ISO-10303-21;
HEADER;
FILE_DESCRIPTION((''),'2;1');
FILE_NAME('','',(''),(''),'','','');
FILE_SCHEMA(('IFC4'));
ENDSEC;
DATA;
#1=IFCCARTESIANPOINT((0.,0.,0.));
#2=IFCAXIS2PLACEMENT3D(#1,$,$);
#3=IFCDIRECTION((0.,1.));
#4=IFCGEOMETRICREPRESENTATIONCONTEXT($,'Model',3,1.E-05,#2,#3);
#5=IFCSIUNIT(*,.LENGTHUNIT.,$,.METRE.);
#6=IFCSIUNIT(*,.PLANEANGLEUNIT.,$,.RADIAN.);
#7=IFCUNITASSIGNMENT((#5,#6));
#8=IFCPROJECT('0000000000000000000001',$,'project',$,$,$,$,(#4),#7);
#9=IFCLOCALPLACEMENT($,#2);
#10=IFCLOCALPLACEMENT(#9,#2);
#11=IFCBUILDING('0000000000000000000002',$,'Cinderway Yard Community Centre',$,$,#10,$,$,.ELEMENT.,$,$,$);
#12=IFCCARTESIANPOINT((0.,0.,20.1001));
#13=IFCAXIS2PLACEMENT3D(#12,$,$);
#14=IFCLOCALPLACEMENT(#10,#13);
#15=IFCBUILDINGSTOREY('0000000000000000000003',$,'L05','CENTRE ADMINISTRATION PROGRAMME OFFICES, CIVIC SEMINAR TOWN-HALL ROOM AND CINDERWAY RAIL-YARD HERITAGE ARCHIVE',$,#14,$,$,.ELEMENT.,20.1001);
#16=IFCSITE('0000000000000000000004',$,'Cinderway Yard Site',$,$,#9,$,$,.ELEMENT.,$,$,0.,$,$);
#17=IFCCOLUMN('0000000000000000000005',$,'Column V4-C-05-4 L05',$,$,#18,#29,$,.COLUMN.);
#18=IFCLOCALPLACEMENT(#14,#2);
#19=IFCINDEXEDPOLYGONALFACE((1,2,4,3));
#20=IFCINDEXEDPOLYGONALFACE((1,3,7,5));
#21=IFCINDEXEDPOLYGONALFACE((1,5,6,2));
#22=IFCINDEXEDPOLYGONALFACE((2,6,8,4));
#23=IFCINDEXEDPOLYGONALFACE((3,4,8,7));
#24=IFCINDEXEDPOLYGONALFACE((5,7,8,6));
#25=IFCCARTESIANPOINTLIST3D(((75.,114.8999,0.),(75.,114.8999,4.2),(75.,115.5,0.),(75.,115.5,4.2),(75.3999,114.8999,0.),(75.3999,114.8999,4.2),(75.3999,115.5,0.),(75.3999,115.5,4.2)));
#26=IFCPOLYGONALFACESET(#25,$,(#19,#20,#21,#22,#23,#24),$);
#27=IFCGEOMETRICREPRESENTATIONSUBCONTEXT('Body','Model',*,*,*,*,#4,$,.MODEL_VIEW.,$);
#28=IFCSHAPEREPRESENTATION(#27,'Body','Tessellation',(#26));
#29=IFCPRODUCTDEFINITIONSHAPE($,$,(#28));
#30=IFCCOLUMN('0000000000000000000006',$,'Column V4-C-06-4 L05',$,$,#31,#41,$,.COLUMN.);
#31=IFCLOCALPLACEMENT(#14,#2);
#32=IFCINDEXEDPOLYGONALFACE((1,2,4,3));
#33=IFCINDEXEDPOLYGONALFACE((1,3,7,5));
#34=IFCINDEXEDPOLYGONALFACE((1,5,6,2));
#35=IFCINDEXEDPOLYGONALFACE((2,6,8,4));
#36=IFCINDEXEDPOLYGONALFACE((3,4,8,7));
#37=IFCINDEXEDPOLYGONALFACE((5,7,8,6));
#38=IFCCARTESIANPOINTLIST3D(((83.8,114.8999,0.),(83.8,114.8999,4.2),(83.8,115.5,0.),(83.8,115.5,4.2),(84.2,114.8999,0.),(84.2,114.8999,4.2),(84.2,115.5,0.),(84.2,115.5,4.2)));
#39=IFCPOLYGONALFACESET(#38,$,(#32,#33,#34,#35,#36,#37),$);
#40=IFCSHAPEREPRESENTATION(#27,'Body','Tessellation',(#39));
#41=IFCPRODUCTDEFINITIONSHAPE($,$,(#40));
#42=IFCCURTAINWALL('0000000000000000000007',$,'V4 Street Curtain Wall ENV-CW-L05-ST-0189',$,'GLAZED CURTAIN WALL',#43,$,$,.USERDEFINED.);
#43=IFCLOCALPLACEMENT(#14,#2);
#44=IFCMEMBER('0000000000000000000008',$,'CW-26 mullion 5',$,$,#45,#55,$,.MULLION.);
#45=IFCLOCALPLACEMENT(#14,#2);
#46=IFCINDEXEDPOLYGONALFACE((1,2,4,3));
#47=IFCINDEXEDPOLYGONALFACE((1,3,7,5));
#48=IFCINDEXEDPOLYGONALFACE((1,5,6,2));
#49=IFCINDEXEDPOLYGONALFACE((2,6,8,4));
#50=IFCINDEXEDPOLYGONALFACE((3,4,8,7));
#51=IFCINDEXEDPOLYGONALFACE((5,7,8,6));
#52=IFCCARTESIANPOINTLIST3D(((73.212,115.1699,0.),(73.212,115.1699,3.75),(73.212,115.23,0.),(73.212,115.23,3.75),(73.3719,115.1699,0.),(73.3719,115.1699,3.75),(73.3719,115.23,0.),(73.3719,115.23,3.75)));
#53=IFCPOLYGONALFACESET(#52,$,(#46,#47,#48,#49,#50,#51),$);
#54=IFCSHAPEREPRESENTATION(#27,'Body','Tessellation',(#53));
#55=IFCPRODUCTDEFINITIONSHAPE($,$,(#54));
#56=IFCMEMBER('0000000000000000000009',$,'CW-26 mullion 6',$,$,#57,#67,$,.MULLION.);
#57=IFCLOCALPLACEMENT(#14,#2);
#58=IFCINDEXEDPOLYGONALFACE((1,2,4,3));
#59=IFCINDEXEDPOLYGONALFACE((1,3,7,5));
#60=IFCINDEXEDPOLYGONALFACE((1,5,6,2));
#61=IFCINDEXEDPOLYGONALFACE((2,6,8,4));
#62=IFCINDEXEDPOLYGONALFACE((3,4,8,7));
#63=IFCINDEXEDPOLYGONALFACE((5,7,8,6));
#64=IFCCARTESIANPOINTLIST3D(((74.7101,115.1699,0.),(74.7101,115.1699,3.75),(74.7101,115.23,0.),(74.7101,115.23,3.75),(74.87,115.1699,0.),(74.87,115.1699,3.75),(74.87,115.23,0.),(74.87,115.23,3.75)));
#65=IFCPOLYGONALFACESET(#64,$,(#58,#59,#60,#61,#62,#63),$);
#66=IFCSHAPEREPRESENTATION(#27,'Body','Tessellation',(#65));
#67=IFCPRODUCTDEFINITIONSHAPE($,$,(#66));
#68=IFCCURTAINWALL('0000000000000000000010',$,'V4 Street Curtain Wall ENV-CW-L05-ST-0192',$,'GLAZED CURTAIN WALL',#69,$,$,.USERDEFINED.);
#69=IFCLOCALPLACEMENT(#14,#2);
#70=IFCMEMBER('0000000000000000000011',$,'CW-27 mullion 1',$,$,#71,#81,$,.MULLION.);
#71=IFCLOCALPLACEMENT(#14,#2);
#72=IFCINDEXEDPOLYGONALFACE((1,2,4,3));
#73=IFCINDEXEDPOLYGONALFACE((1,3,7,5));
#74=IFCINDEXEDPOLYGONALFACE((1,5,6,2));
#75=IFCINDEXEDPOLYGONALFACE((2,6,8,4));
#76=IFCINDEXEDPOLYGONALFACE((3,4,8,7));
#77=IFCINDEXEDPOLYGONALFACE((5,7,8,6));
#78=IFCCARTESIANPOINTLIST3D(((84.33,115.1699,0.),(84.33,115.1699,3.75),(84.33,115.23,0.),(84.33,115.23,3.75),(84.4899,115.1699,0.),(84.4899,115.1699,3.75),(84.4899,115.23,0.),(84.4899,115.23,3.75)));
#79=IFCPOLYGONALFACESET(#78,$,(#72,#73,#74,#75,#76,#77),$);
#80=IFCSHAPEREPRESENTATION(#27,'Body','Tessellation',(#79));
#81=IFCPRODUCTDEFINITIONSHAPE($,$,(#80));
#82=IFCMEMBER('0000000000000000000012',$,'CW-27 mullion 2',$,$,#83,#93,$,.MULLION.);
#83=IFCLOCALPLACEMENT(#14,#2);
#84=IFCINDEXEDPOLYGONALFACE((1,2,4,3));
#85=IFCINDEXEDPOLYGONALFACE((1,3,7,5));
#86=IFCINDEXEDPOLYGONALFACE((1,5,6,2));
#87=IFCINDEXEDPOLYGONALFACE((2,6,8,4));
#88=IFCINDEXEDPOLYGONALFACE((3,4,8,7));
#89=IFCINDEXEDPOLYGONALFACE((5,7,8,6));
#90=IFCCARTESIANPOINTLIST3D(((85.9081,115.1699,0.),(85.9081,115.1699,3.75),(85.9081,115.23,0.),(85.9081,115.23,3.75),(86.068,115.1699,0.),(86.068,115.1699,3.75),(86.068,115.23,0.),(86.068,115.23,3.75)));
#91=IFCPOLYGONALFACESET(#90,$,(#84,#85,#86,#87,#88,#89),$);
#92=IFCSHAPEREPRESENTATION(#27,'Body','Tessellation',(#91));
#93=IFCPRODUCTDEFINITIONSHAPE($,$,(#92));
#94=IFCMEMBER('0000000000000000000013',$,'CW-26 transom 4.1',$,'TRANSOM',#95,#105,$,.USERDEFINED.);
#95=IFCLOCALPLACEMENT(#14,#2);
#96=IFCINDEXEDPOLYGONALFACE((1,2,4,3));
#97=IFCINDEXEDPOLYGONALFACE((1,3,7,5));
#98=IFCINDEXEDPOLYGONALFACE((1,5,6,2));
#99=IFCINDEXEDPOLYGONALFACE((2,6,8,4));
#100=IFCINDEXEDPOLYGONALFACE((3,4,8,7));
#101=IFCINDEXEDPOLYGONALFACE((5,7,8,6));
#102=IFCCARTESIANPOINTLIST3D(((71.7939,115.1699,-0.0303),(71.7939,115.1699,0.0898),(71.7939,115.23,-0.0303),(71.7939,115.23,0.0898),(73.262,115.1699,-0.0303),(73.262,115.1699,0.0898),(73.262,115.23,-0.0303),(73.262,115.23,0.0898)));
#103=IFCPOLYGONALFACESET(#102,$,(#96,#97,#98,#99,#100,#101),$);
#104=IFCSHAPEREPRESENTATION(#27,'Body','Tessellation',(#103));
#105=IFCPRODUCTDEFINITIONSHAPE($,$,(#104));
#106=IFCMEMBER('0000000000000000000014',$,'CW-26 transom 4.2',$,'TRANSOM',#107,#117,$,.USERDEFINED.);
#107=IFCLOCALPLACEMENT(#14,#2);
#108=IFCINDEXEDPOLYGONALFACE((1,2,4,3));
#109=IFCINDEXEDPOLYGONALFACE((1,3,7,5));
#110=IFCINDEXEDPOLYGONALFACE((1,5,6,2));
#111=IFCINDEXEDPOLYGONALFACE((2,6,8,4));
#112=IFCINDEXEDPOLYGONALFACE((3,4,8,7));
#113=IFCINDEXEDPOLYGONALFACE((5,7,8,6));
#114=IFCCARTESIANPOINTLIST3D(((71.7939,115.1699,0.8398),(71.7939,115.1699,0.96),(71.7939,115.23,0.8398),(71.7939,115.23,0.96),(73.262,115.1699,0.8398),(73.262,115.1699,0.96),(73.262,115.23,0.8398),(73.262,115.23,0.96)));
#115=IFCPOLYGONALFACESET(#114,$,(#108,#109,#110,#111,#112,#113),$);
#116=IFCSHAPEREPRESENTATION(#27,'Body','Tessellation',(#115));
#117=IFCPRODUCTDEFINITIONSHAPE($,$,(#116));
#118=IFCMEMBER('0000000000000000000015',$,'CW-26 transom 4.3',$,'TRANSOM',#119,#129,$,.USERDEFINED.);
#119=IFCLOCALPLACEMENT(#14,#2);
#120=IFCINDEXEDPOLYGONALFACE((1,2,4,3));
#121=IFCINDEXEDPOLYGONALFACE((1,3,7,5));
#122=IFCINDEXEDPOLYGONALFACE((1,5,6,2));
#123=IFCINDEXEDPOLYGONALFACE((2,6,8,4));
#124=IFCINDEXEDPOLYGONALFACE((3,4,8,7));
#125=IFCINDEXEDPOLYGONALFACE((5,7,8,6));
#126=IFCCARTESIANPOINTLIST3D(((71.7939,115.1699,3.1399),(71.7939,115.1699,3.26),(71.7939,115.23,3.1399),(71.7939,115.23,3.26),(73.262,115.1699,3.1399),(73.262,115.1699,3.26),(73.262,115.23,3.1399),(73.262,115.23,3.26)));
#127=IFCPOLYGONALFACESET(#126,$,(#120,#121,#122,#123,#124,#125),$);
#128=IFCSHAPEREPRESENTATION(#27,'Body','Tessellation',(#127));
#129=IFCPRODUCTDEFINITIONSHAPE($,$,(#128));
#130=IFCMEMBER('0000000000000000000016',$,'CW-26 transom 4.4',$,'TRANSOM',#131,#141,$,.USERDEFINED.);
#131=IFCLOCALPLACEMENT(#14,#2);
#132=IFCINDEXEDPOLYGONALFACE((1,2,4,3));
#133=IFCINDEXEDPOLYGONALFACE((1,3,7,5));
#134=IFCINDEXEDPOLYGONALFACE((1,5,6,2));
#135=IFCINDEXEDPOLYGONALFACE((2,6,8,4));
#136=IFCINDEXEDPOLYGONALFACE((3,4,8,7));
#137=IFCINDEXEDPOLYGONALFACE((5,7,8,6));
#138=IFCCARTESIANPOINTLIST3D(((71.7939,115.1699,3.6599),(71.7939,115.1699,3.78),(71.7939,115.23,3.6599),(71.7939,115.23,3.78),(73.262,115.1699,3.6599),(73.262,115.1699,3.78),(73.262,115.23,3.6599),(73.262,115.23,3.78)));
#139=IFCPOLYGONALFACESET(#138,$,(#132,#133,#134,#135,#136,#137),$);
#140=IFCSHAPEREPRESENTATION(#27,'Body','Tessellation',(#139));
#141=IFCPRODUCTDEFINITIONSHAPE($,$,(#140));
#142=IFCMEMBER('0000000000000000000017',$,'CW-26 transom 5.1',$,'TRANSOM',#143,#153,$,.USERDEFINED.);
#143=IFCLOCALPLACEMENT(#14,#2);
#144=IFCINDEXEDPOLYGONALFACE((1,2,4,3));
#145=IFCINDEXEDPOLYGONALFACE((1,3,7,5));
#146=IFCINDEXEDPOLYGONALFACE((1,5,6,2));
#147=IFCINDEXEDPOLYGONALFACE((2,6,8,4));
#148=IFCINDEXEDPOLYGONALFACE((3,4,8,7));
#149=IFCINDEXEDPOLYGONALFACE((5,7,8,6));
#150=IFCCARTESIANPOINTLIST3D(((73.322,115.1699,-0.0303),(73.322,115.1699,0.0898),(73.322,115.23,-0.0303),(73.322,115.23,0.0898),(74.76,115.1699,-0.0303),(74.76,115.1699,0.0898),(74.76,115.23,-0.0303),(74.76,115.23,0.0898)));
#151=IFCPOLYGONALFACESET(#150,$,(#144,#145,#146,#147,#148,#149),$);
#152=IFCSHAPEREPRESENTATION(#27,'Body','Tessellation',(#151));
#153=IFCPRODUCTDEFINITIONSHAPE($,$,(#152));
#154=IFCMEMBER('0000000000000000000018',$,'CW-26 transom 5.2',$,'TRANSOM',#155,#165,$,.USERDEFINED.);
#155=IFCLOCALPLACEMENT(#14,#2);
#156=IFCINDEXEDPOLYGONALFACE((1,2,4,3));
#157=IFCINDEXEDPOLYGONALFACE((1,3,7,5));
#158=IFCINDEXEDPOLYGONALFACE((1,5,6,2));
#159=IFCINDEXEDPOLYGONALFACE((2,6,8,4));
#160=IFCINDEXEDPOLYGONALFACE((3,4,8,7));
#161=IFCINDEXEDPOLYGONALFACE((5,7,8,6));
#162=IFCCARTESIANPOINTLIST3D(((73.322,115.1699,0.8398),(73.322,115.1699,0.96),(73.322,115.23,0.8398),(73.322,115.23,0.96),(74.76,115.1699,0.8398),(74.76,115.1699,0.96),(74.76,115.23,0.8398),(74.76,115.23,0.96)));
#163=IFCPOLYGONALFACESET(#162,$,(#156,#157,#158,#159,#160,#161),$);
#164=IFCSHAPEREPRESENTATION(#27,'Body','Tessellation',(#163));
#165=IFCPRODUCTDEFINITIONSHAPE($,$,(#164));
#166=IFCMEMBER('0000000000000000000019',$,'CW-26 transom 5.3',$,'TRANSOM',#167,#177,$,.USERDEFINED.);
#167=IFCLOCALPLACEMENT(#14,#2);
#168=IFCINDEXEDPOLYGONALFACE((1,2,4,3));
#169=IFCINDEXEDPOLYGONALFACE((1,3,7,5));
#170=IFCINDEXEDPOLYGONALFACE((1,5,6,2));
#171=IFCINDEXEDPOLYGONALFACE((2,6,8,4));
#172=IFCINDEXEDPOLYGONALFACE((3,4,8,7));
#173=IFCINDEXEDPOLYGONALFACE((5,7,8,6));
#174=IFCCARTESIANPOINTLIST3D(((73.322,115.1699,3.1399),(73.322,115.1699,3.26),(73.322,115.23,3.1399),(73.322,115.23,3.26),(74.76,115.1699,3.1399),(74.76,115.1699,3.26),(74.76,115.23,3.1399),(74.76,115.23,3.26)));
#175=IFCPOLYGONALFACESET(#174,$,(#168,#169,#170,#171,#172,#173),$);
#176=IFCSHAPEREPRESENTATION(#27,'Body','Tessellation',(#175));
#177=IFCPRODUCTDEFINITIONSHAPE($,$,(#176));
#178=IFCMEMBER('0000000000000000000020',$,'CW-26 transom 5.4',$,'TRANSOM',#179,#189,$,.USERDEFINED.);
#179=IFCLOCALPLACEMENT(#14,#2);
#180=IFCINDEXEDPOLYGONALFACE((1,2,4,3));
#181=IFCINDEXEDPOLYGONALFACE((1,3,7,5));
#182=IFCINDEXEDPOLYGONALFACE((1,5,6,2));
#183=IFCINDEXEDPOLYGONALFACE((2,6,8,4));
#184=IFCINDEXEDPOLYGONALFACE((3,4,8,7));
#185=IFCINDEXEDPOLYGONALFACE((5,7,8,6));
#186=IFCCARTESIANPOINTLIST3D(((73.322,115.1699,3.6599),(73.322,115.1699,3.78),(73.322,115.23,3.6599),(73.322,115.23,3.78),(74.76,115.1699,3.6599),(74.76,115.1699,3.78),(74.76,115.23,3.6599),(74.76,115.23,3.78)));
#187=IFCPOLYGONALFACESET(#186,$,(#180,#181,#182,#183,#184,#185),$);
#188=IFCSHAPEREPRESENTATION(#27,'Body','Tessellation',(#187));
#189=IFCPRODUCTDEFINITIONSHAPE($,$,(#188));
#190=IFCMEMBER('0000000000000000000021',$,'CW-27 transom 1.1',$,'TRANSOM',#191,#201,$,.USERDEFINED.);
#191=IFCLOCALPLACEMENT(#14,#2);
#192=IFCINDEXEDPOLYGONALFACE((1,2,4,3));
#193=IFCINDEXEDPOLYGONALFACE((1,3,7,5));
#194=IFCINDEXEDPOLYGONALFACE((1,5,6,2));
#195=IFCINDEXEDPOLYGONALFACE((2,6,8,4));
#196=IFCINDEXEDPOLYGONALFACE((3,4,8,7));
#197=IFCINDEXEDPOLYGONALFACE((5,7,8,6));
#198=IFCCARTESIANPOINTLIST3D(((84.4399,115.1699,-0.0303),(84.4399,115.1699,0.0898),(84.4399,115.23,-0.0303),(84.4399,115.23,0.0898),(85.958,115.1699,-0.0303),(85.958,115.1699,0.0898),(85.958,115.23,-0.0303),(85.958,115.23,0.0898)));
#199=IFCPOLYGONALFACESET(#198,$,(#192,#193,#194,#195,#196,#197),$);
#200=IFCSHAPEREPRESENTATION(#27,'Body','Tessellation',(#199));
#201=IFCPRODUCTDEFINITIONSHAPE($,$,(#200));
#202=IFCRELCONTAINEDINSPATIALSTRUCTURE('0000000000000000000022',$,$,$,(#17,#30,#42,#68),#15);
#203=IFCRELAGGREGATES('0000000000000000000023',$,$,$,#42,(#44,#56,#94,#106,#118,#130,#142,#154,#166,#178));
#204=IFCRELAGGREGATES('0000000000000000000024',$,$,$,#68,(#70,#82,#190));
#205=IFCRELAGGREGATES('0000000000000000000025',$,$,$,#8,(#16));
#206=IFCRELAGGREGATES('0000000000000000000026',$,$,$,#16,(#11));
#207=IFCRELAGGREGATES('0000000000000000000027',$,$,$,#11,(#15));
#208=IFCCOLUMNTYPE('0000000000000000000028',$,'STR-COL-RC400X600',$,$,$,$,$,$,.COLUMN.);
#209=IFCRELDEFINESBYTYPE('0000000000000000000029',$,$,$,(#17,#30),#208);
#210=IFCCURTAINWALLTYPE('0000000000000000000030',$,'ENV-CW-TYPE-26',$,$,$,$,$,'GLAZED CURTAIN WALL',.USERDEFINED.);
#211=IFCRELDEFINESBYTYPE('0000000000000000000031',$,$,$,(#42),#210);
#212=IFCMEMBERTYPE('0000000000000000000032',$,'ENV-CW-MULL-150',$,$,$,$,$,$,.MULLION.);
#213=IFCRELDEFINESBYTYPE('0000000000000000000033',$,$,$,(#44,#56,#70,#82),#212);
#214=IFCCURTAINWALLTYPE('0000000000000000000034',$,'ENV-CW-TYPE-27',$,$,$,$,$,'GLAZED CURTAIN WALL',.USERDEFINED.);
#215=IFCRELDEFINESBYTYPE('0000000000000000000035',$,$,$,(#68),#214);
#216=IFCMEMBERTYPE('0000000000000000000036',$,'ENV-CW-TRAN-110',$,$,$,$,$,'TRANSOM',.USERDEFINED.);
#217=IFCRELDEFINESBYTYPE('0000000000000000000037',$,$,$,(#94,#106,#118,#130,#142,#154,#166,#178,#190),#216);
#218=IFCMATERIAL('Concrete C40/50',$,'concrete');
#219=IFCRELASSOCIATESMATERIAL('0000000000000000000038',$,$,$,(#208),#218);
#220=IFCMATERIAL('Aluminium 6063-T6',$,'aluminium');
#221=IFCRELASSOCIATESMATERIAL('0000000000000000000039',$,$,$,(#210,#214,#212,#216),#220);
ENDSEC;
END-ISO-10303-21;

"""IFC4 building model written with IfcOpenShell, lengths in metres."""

from ifc_helpers import new_model, si_unit, direction, frame, origin, origin_2d, place, context, subcontext, project, spatial, rectangle, extrude, material, material_profile, profile_set, type_object, element, aggregate, save


model = new_model("IFC4")

# Units and contexts
model_context = context("Model", 3, precision=1e-05, world=origin(), true_north=direction((0.0, 1.0)))
body_context = subcontext(model_context, "Body", "Model", "MODEL_VIEW")
ifc_project = project(units=[si_unit("LENGTHUNIT", "METRE"), si_unit("PLANEANGLEUNIT", "RADIAN")], contexts=[model_context])

# Site, building, storey
site_placement = place(None, origin())
site = spatial("IfcSite", under=ifc_project, at=site_placement, Name="Cinderway Yard Site", CompositionType="ELEMENT", RefElevation=0.0)
building_placement = place(site_placement, origin())
building = spatial("IfcBuilding", under=site, at=building_placement, Name="Cinderway Yard Community Centre", CompositionType="ELEMENT")
storey_placement = place(building_placement, frame((0.0, 0.0, 20.1001)))
storey = spatial("IfcBuildingStorey", under=building, at=storey_placement, Name="L05", Description="CENTRE ADMINISTRATION PROGRAMME OFFICES, CIVIC SEMINAR TOWN-HALL ROOM AND CINDERWAY RAIL-YARD HERITAGE ARCHIVE", CompositionType="ELEMENT", Elevation=20.1001)

# Columns
ifc_material_1 = material(Name="Concrete C40/50", Category="concrete")
ifc_material_profile_1 = material_profile(ifc_material_1, rectangle(XDim=0.3999, YDim=0.6001, at=origin_2d()), Name="Concrete C40/50")
ifc_profile_set_1 = profile_set([ifc_material_profile_1], Name="Concrete C40/50")
column_type = type_object("IfcColumnType", Name="STR-COL-RC400X600", PredefinedType="COLUMN", material=ifc_profile_set_1)
for number, where, z_axis, x_axis, name in (
    (1, (75.2, 115.2, 0.0), (0.0, 0.0, 1.0), (1.0, 0.0, 0.0), "Column V4-C-05-4 L05"),
    (2, (84.0, 115.2, 0.0), (0.0, 0.0, 1.0), (1.0, 0.0, 0.0), "Column V4-C-06-4 L05"),
):
    element("IfcColumn", number, at=place(storey_placement, frame(where, z_axis=z_axis, x_axis=x_axis)), inside=storey, type_object=column_type, Name=name, PredefinedType="COLUMN", context=body_context, shape_type="SweptSolid", body=[
        extrude(rectangle(XDim=0.3999, YDim=0.6001, at=origin_2d()), origin(), (0.0, 0.0, 1.0), 4.2),
    ])

# Curtain walls, members
ifc_material_2 = material(Name="Aluminium 6063-T6", Category="aluminium")
curtain_wall_type_1 = type_object("IfcCurtainWallType", Name="ENV-CW-TYPE-26", ElementType="GLAZED CURTAIN WALL", PredefinedType="USERDEFINED", material=ifc_material_2)
curtain_wall_1_placement = place(storey_placement, origin())
curtain_wall_1 = element("IfcCurtainWall", 3, at=curtain_wall_1_placement, inside=storey, type_object=curtain_wall_type_1, Name="V4 Street Curtain Wall ENV-CW-L05-ST-0189", ObjectType="GLAZED CURTAIN WALL", PredefinedType="USERDEFINED")
ifc_material_profile_2 = material_profile(ifc_material_2, rectangle(XDim=0.0601, YDim=0.1599, at=origin_2d()), Name="Aluminium 6063-T6")
ifc_profile_set_2 = profile_set([ifc_material_profile_2], Name="Aluminium 6063-T6")
member_type_1 = type_object("IfcMemberType", Name="ENV-CW-MULL-150", PredefinedType="MULLION", material=ifc_profile_set_2)
member_1_placement = place(storey_placement, frame((73.292, 115.2, 0.0), z_axis=(0.0, 0.0, 1.0), x_axis=(0.0, 1.0, 0.0)))
member_1 = element("IfcMember", 4, at=member_1_placement, type_object=member_type_1, Name="CW-26 mullion 5", PredefinedType="MULLION", context=body_context, shape_type="SweptSolid", body=[
    extrude(rectangle(XDim=0.0601, YDim=0.1599, at=origin_2d()), origin(), (0.0, 0.0, 1.0), 3.75),
])
member_2_placement = place(storey_placement, frame((74.79, 115.2, 0.0), z_axis=(0.0, 0.0, 1.0), x_axis=(0.0, 1.0, 0.0)))
member_2 = element("IfcMember", 5, at=member_2_placement, type_object=member_type_1, Name="CW-26 mullion 6", PredefinedType="MULLION", context=body_context, shape_type="SweptSolid", body=[
    extrude(rectangle(XDim=0.0601, YDim=0.1599, at=origin_2d()), origin(), (0.0, 0.0, 1.0), 3.75),
])
curtain_wall_type_2 = type_object("IfcCurtainWallType", Name="ENV-CW-TYPE-27", ElementType="GLAZED CURTAIN WALL", PredefinedType="USERDEFINED", material=ifc_material_2)
curtain_wall_2_placement = place(storey_placement, origin())
curtain_wall_2 = element("IfcCurtainWall", 6, at=curtain_wall_2_placement, inside=storey, type_object=curtain_wall_type_2, Name="V4 Street Curtain Wall ENV-CW-L05-ST-0192", ObjectType="GLAZED CURTAIN WALL", PredefinedType="USERDEFINED")
member_3_placement = place(storey_placement, frame((84.4099, 115.2, 0.0), z_axis=(0.0, 0.0, 1.0), x_axis=(0.0, 1.0, 0.0)))
member_3 = element("IfcMember", 7, at=member_3_placement, type_object=member_type_1, Name="CW-27 mullion 1", PredefinedType="MULLION", context=body_context, shape_type="SweptSolid", body=[
    extrude(rectangle(XDim=0.0601, YDim=0.1599, at=origin_2d()), origin(), (0.0, 0.0, 1.0), 3.75),
])
member_4_placement = place(storey_placement, frame((85.988, 115.2, 0.0), z_axis=(0.0, 0.0, 1.0), x_axis=(0.0, 1.0, 0.0)))
member_4 = element("IfcMember", 8, at=member_4_placement, type_object=member_type_1, Name="CW-27 mullion 2", PredefinedType="MULLION", context=body_context, shape_type="SweptSolid", body=[
    extrude(rectangle(XDim=0.0601, YDim=0.1599, at=origin_2d()), origin(), (0.0, 0.0, 1.0), 3.75),
])

# Members
ifc_material_profile_3 = material_profile(ifc_material_2, rectangle(XDim=0.0601, YDim=0.1201, at=origin_2d()), Name="Aluminium 6063-T6")
ifc_profile_set_3 = profile_set([ifc_material_profile_3], Name="Aluminium 6063-T6")
member_type_2 = type_object("IfcMemberType", Name="ENV-CW-TRAN-110", ElementType="TRANSOM", PredefinedType="USERDEFINED", material=ifc_profile_set_3)
member_5_placement = place(storey_placement, frame((71.7939, 115.2, 0.0298), z_axis=(1.0, 0.0, 0.0), x_axis=(0.0, 1.0, 0.0)))
member_5 = element("IfcMember", 9, at=member_5_placement, type_object=member_type_2, Name="CW-26 transom 4.1", ObjectType="TRANSOM", PredefinedType="USERDEFINED", context=body_context, shape_type="SweptSolid", body=[
    extrude(rectangle(XDim=0.0601, YDim=0.1201, at=origin_2d()), origin(), (0.0, 0.0, 1.0), 1.468),
])
member_6_placement = place(storey_placement, frame((71.7939, 115.2, 0.8999), z_axis=(1.0, 0.0, 0.0), x_axis=(0.0, 1.0, 0.0)))
member_6 = element("IfcMember", 10, at=member_6_placement, type_object=member_type_2, Name="CW-26 transom 4.2", ObjectType="TRANSOM", PredefinedType="USERDEFINED", context=body_context, shape_type="SweptSolid", body=[
    extrude(rectangle(XDim=0.0601, YDim=0.1201, at=origin_2d()), origin(), (0.0, 0.0, 1.0), 1.468),
])
member_7_placement = place(storey_placement, frame((71.7939, 115.2, 3.2), z_axis=(1.0, 0.0, 0.0), x_axis=(0.0, 1.0, 0.0)))
member_7 = element("IfcMember", 11, at=member_7_placement, type_object=member_type_2, Name="CW-26 transom 4.3", ObjectType="TRANSOM", PredefinedType="USERDEFINED", context=body_context, shape_type="SweptSolid", body=[
    extrude(rectangle(XDim=0.0601, YDim=0.1201, at=origin_2d()), origin(), (0.0, 0.0, 1.0), 1.468),
])
member_8_placement = place(storey_placement, frame((71.7939, 115.2, 3.72), z_axis=(1.0, 0.0, 0.0), x_axis=(0.0, 1.0, 0.0)))
member_8 = element("IfcMember", 12, at=member_8_placement, type_object=member_type_2, Name="CW-26 transom 4.4", ObjectType="TRANSOM", PredefinedType="USERDEFINED", context=body_context, shape_type="SweptSolid", body=[
    extrude(rectangle(XDim=0.0601, YDim=0.1201, at=origin_2d()), origin(), (0.0, 0.0, 1.0), 1.468),
])
member_9_placement = place(storey_placement, frame((73.322, 115.2, 0.0298), z_axis=(1.0, 0.0, 0.0), x_axis=(0.0, 1.0, 0.0)))
member_9 = element("IfcMember", 13, at=member_9_placement, type_object=member_type_2, Name="CW-26 transom 5.1", ObjectType="TRANSOM", PredefinedType="USERDEFINED", context=body_context, shape_type="SweptSolid", body=[
    extrude(rectangle(XDim=0.0601, YDim=0.1201, at=origin_2d()), origin(), (0.0, 0.0, 1.0), 1.438),
])
member_10_placement = place(storey_placement, frame((73.322, 115.2, 0.8999), z_axis=(1.0, 0.0, 0.0), x_axis=(0.0, 1.0, 0.0)))
member_10 = element("IfcMember", 14, at=member_10_placement, type_object=member_type_2, Name="CW-26 transom 5.2", ObjectType="TRANSOM", PredefinedType="USERDEFINED", context=body_context, shape_type="SweptSolid", body=[
    extrude(rectangle(XDim=0.0601, YDim=0.1201, at=origin_2d()), origin(), (0.0, 0.0, 1.0), 1.438),
])
member_11_placement = place(storey_placement, frame((73.322, 115.2, 3.2), z_axis=(1.0, 0.0, 0.0), x_axis=(0.0, 1.0, 0.0)))
member_11 = element("IfcMember", 15, at=member_11_placement, type_object=member_type_2, Name="CW-26 transom 5.3", ObjectType="TRANSOM", PredefinedType="USERDEFINED", context=body_context, shape_type="SweptSolid", body=[
    extrude(rectangle(XDim=0.0601, YDim=0.1201, at=origin_2d()), origin(), (0.0, 0.0, 1.0), 1.438),
])
member_12_placement = place(storey_placement, frame((73.322, 115.2, 3.72), z_axis=(1.0, 0.0, 0.0), x_axis=(0.0, 1.0, 0.0)))
member_12 = element("IfcMember", 16, at=member_12_placement, type_object=member_type_2, Name="CW-26 transom 5.4", ObjectType="TRANSOM", PredefinedType="USERDEFINED", context=body_context, shape_type="SweptSolid", body=[
    extrude(rectangle(XDim=0.0601, YDim=0.1201, at=origin_2d()), origin(), (0.0, 0.0, 1.0), 1.438),
])
member_13_placement = place(storey_placement, frame((84.4399, 115.2, 0.0298), z_axis=(1.0, 0.0, 0.0), x_axis=(0.0, 1.0, 0.0)))
member_13 = element("IfcMember", 17, at=member_13_placement, type_object=member_type_2, Name="CW-27 transom 1.1", ObjectType="TRANSOM", PredefinedType="USERDEFINED", context=body_context, shape_type="SweptSolid", body=[
    extrude(rectangle(XDim=0.0601, YDim=0.1201, at=origin_2d()), origin(), (0.0, 0.0, 1.0), 1.5181),
])

aggregate(curtain_wall_1, [member_1, member_2, member_5, member_6, member_7, member_8, member_9, member_10, member_11, member_12])
aggregate(curtain_wall_2, [member_3, member_4, member_13])

save(model, "model.ifc")
